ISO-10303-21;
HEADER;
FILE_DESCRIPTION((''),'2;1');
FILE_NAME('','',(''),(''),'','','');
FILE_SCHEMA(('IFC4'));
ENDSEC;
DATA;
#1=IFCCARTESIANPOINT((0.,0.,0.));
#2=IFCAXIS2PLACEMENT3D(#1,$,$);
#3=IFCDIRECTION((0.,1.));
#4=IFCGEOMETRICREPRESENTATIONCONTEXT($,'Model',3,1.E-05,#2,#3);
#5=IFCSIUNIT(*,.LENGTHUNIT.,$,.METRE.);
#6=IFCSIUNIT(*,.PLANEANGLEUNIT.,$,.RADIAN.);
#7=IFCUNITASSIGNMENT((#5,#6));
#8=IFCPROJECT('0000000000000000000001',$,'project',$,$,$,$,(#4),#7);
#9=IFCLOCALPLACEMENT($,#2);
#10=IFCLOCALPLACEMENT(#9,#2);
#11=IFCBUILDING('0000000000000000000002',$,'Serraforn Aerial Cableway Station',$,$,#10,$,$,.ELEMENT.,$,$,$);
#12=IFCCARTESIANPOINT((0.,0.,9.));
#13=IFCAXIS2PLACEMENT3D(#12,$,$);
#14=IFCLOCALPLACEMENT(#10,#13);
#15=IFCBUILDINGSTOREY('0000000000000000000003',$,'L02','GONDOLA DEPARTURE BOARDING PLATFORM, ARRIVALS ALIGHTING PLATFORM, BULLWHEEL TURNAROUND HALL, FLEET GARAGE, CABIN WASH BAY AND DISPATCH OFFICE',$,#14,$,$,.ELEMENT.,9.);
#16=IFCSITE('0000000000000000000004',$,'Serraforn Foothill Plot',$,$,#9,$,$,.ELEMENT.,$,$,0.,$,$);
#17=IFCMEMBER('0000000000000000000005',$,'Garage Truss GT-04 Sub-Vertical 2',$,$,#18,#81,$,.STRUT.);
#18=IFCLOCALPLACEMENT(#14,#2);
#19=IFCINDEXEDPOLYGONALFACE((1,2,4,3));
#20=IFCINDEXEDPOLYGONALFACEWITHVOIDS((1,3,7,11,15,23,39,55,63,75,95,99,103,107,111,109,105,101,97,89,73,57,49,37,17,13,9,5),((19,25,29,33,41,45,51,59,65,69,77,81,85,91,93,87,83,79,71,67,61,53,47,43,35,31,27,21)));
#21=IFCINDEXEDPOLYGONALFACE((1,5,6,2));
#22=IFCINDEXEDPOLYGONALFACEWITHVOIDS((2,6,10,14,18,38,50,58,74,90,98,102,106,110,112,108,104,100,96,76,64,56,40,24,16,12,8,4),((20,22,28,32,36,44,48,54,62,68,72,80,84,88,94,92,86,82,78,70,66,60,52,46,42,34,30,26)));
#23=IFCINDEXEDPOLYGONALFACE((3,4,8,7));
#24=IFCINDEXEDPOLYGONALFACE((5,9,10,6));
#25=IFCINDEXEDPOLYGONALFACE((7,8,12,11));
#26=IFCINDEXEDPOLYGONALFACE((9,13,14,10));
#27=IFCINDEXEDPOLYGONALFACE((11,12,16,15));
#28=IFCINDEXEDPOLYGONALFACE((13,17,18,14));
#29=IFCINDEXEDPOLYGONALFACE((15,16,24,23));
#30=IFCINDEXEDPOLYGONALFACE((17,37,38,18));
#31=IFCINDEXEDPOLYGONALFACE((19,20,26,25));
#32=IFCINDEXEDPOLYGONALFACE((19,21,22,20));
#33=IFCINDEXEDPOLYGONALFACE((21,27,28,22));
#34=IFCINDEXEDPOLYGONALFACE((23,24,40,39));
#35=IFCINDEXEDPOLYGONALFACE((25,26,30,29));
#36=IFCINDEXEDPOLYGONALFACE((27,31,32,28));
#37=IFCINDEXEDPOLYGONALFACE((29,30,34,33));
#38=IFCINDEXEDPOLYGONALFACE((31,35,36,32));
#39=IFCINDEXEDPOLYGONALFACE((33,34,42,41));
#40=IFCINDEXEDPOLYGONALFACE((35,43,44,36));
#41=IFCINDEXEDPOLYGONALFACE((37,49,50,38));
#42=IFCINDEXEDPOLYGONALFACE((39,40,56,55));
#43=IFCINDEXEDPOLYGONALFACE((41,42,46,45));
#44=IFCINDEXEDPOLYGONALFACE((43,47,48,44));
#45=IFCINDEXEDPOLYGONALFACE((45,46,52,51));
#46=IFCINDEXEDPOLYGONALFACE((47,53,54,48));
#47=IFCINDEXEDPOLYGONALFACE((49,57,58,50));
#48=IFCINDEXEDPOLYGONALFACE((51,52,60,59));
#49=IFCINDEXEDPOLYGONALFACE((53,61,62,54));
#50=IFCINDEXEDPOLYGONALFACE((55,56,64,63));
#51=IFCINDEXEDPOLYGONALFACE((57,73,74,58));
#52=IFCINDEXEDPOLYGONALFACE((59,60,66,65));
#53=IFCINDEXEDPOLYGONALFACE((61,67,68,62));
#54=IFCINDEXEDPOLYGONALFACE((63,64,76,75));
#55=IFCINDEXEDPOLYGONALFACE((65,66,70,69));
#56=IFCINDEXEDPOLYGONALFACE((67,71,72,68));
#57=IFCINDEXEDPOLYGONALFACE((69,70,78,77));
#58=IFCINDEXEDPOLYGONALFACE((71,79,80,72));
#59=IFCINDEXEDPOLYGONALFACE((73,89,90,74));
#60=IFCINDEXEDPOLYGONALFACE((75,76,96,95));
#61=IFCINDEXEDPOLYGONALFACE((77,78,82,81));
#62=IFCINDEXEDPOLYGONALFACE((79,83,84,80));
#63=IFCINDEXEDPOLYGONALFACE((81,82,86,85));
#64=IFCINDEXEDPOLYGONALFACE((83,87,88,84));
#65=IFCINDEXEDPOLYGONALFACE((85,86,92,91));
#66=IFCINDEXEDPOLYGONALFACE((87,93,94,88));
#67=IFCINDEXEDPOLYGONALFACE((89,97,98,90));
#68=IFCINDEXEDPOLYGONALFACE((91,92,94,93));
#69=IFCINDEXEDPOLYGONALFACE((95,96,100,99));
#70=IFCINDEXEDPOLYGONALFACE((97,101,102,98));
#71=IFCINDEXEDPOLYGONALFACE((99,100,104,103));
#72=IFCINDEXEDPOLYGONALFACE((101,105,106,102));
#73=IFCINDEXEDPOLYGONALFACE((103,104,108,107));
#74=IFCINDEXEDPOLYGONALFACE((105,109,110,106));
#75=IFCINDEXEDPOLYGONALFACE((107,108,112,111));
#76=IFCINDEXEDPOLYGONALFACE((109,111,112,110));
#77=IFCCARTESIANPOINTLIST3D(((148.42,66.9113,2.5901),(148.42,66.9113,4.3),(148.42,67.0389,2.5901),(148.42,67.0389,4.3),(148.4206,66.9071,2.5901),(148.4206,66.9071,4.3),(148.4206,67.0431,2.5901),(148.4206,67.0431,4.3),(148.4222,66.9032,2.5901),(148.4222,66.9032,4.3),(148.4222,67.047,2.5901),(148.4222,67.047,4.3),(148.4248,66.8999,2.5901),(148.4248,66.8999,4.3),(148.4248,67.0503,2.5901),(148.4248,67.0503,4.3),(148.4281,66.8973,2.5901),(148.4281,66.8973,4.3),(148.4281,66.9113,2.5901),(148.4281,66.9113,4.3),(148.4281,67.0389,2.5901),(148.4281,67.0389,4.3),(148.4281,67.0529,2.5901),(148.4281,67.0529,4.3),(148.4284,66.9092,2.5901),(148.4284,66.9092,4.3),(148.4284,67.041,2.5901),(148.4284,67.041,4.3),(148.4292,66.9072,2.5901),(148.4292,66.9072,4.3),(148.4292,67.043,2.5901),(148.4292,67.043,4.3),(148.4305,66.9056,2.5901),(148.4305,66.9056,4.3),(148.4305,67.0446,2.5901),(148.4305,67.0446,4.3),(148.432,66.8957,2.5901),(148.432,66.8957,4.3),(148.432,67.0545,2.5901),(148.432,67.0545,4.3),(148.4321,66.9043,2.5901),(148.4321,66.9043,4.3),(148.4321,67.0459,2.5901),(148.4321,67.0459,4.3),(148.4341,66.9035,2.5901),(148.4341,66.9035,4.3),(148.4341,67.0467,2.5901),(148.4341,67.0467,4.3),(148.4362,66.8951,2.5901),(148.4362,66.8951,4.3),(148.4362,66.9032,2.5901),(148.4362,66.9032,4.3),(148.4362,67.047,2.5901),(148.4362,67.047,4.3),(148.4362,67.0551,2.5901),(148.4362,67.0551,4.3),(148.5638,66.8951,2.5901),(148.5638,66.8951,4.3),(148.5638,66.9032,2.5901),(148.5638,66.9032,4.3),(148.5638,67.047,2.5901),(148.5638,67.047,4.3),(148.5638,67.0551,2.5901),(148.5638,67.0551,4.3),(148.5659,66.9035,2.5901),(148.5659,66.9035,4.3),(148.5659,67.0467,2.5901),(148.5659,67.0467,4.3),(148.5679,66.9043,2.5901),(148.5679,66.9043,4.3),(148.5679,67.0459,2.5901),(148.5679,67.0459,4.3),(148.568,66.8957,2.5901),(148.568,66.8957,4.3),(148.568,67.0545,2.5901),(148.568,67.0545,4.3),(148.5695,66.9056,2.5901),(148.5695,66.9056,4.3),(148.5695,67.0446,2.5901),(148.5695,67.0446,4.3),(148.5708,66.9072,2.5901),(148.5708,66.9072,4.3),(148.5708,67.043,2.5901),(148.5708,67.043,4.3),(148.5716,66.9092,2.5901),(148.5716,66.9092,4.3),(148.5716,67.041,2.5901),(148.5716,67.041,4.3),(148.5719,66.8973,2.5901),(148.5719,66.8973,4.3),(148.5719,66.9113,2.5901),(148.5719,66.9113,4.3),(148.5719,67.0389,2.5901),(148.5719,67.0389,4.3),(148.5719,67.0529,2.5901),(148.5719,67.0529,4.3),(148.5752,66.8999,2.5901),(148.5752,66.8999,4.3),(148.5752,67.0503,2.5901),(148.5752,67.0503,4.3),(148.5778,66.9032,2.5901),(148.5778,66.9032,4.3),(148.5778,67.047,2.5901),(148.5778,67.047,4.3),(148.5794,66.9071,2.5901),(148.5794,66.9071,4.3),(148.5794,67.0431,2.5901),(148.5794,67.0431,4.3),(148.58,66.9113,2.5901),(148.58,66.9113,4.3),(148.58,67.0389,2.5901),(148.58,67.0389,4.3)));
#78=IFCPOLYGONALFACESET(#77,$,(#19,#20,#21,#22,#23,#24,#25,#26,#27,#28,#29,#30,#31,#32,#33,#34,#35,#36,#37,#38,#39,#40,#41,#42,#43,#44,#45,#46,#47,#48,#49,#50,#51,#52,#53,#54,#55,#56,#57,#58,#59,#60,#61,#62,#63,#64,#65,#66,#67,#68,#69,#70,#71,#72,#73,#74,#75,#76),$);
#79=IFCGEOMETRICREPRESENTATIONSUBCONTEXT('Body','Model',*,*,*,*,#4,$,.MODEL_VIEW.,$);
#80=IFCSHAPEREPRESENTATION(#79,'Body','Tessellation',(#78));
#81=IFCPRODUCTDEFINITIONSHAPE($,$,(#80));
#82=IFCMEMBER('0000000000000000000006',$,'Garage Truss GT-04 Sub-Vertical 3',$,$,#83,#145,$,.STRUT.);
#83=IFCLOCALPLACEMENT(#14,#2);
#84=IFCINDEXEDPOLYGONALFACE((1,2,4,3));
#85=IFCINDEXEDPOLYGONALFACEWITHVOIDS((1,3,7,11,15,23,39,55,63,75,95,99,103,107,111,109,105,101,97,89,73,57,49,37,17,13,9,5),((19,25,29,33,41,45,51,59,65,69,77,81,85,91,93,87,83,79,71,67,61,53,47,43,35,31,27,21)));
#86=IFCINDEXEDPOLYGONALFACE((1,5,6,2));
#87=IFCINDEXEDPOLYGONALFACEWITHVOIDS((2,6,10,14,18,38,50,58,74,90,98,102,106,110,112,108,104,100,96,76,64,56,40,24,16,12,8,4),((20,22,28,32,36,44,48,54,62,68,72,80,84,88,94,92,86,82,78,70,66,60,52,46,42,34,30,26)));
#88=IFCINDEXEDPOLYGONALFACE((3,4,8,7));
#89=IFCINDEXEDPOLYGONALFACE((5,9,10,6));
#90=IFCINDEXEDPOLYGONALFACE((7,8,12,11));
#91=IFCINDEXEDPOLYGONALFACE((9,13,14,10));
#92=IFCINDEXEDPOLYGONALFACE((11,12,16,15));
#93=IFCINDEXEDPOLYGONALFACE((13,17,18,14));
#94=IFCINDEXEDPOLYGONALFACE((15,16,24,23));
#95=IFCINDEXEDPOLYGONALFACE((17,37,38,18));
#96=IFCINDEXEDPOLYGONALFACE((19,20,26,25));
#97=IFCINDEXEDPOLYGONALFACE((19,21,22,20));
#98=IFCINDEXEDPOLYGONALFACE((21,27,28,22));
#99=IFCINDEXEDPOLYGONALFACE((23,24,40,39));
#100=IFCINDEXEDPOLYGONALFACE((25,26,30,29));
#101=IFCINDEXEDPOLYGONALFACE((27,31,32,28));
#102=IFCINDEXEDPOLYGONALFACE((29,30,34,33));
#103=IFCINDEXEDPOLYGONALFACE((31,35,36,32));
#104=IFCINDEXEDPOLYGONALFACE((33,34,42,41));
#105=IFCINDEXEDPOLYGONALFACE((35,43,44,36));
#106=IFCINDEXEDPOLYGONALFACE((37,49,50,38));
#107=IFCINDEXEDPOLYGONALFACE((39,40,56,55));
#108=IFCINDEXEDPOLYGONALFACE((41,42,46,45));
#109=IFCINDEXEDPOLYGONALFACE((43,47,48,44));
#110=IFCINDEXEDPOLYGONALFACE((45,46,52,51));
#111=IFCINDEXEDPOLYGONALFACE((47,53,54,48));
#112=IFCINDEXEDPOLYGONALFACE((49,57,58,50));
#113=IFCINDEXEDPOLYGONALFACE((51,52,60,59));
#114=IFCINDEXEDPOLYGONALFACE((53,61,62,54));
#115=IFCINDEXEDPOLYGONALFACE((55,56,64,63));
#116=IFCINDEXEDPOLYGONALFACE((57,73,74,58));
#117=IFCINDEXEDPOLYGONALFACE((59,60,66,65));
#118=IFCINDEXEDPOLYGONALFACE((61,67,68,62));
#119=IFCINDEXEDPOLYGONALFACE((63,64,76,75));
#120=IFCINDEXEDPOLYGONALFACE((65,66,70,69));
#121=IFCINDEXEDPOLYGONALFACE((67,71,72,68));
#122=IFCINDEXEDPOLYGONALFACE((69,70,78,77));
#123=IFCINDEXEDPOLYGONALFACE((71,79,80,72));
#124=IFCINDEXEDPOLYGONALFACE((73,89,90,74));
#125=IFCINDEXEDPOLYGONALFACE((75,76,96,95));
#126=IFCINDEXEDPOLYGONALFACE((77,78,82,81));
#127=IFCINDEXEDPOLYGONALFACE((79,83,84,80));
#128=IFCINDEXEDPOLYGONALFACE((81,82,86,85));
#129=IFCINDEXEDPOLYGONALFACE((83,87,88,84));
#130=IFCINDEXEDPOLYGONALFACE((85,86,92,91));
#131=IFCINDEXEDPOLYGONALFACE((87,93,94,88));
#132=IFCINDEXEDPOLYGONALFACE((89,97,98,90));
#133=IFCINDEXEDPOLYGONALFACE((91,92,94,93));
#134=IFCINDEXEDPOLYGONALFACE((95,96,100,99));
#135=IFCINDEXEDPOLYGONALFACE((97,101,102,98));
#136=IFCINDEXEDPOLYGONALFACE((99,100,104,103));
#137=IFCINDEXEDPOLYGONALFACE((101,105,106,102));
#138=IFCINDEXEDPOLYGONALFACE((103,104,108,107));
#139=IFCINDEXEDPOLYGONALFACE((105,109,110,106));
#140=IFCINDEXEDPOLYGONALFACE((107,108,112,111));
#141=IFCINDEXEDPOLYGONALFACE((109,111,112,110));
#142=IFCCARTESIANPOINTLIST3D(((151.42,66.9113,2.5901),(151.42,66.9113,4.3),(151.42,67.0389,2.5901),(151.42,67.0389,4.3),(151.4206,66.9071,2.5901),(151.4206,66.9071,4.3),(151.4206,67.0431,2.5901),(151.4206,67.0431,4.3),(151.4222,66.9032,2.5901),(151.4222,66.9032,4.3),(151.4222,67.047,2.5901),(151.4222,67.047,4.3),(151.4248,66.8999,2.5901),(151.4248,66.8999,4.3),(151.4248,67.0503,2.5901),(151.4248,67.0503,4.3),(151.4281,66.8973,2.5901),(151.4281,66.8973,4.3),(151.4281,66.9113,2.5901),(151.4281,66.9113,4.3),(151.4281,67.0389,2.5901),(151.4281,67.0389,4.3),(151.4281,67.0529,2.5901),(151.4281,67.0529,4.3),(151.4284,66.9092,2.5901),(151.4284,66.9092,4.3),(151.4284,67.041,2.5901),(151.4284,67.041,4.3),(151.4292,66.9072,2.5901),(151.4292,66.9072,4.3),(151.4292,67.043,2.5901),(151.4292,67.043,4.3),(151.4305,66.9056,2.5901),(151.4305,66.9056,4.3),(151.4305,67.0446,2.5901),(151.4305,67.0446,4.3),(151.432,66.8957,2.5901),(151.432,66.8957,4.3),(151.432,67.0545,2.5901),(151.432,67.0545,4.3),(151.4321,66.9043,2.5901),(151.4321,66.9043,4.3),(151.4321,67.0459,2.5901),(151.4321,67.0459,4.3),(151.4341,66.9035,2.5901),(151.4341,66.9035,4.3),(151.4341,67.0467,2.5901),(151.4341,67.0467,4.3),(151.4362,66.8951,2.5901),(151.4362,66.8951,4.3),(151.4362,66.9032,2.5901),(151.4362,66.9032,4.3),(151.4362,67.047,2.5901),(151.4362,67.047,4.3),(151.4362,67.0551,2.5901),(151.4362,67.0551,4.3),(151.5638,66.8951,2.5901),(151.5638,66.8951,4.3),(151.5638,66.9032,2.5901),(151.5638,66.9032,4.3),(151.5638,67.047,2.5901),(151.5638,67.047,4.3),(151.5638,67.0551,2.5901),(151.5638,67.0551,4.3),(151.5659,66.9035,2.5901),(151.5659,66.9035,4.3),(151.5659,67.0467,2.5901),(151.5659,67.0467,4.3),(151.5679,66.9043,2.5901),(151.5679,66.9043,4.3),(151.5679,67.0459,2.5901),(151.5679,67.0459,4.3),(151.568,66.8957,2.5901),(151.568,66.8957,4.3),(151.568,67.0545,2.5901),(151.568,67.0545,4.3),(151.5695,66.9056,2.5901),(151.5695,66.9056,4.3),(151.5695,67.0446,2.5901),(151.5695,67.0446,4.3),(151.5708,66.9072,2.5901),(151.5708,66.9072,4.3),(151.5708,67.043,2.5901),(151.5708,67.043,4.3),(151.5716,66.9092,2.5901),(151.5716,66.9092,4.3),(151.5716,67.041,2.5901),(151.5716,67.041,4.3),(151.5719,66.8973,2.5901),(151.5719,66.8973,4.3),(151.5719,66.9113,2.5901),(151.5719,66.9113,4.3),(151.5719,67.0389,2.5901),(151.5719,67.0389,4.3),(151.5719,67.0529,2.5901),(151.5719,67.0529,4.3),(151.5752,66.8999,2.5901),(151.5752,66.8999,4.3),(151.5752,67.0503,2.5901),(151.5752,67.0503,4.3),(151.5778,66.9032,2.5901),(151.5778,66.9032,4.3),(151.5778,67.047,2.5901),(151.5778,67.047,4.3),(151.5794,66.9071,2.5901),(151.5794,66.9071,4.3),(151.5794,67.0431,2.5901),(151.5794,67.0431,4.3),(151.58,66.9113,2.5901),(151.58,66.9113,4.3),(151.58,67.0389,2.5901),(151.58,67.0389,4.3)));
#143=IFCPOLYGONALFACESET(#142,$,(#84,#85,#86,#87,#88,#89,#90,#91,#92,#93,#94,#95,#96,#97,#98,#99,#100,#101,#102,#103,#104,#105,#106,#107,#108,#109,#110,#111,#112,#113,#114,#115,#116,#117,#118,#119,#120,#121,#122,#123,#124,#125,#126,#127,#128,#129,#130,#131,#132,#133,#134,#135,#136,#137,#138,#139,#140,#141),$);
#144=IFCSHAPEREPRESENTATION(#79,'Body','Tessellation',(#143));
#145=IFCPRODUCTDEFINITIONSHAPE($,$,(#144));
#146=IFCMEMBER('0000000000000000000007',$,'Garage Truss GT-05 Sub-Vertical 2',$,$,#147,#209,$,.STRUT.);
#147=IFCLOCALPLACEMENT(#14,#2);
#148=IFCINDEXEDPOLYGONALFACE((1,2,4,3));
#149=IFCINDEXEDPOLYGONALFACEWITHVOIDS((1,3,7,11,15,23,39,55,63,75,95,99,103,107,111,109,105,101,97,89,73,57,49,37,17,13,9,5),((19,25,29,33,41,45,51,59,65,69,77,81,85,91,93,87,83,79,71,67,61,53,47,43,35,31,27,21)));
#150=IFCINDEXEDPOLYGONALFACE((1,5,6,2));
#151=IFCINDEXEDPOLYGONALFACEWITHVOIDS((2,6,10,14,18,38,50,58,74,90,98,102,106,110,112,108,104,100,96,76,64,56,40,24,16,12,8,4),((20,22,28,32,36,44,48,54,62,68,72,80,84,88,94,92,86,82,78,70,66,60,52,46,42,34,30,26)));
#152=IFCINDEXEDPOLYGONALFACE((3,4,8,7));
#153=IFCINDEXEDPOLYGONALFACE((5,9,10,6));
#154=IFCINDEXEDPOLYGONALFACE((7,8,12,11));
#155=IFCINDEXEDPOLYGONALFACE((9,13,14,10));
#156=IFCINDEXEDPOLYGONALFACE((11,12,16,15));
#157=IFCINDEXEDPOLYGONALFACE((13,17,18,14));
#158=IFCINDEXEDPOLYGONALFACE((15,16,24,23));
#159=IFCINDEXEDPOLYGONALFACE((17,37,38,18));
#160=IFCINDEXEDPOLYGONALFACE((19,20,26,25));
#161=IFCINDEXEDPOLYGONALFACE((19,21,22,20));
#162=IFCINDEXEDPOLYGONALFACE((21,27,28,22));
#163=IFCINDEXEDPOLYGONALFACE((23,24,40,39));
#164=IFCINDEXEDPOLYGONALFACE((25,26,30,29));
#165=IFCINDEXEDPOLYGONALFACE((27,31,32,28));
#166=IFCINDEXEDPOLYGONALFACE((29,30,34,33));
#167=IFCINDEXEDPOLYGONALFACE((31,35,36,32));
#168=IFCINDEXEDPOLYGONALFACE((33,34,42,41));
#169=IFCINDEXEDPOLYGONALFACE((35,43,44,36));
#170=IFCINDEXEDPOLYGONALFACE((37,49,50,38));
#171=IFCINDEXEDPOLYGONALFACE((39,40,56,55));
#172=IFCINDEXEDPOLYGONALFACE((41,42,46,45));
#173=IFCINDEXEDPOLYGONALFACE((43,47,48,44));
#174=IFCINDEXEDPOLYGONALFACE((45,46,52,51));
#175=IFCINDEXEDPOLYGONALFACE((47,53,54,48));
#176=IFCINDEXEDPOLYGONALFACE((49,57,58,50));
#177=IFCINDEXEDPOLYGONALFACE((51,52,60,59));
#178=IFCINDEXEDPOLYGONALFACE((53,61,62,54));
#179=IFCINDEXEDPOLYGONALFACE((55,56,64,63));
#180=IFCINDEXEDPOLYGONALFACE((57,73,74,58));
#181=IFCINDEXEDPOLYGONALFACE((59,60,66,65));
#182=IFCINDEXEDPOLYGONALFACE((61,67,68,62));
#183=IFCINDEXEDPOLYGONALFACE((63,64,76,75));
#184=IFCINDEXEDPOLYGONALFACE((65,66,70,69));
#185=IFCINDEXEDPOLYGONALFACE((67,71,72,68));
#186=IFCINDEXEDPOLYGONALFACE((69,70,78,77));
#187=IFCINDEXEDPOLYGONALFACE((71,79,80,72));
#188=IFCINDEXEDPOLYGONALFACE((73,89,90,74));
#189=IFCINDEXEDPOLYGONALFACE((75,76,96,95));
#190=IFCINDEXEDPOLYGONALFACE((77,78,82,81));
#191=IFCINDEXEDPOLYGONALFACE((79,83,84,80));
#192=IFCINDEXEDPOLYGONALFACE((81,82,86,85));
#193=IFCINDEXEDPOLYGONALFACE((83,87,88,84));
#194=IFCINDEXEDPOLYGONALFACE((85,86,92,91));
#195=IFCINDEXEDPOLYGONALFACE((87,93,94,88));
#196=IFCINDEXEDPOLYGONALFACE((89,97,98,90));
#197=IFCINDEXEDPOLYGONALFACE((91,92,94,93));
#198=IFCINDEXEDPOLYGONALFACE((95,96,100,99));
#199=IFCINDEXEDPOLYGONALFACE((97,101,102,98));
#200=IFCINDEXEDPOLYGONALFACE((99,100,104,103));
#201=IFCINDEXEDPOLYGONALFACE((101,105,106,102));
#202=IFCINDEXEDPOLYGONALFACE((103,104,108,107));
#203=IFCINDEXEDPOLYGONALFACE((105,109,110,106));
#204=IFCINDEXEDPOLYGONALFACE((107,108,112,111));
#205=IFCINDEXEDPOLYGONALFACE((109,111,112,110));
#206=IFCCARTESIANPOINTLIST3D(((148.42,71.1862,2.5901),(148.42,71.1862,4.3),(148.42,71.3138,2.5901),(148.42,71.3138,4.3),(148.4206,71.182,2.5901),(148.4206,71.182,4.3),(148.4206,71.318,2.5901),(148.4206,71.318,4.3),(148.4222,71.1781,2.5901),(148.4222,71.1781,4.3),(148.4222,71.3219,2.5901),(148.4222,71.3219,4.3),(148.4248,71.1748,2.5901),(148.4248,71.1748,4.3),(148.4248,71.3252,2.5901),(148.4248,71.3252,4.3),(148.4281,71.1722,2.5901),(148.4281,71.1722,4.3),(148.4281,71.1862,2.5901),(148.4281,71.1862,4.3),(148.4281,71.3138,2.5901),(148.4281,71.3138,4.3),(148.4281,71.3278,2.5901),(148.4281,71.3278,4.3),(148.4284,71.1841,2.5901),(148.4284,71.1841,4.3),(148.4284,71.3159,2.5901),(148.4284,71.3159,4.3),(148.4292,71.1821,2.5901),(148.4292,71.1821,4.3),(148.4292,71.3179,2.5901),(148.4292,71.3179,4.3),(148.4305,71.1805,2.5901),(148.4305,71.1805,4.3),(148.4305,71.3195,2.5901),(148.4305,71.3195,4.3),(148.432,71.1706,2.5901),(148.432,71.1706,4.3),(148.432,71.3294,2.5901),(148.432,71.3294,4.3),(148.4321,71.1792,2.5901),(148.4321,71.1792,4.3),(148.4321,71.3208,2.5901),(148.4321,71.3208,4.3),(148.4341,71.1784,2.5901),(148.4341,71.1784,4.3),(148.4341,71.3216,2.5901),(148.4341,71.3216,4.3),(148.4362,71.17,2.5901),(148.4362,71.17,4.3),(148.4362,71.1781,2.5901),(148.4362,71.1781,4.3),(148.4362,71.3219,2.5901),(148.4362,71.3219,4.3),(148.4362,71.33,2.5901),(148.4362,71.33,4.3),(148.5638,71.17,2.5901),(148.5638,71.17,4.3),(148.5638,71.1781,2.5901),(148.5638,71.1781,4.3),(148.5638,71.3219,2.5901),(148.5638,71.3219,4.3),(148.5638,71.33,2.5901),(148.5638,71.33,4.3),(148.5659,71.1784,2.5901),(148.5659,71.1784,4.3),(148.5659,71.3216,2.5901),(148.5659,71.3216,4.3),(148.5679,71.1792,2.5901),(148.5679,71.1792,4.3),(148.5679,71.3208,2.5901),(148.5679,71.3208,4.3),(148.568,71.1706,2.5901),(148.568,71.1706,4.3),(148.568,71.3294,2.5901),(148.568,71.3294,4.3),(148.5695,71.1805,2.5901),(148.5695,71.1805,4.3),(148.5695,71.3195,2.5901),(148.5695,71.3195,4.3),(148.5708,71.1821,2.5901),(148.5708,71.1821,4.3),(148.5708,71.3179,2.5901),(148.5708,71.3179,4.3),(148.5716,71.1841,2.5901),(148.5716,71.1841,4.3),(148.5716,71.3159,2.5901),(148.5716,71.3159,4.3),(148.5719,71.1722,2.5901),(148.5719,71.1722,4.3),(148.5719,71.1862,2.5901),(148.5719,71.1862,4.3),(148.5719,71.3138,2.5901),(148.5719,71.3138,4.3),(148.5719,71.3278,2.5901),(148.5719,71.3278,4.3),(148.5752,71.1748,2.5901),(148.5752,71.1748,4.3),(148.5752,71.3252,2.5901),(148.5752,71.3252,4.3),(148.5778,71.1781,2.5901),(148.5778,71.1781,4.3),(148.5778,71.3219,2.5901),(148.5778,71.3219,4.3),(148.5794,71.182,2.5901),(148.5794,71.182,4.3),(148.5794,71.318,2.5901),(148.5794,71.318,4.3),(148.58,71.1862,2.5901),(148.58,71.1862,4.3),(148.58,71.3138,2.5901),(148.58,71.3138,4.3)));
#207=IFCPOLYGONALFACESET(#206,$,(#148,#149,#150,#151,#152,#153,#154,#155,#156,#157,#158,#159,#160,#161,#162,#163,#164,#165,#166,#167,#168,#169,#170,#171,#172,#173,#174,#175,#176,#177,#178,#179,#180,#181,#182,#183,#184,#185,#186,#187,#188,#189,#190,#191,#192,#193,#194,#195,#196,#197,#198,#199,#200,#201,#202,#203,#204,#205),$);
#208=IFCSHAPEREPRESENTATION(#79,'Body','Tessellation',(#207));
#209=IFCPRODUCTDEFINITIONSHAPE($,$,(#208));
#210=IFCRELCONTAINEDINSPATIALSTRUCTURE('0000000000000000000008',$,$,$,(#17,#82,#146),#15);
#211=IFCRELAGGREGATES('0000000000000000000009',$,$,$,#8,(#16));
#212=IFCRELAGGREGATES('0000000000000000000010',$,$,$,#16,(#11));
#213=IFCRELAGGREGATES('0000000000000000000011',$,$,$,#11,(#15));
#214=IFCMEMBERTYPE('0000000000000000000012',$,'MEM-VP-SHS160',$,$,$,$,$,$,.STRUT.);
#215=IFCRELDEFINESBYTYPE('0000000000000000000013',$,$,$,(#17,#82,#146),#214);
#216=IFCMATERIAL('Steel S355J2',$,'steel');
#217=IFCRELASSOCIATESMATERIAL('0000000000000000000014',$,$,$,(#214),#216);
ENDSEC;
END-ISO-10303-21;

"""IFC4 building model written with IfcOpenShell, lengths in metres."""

from ifc_helpers import new_model, si_unit, direction, frame, origin, origin_2d, place, context, subcontext, project, spatial, hollow_rectangle, extrude, material, material_profile, profile_set, type_object, element, save


model = new_model("IFC4")

# Units and contexts
model_context = context("Model", 3, precision=1e-05, world=origin(), true_north=direction((0.0, 1.0)))
body_context = subcontext(model_context, "Body", "Model", "MODEL_VIEW")
ifc_project = project(units=[si_unit("LENGTHUNIT", "METRE"), si_unit("PLANEANGLEUNIT", "RADIAN")], contexts=[model_context])

# Site, building, storey
site_placement = place(None, origin())
site = spatial("IfcSite", under=ifc_project, at=site_placement, Name="Serraforn Foothill Plot", CompositionType="ELEMENT", RefElevation=0.0)
building_placement = place(site_placement, origin())
building = spatial("IfcBuilding", under=site, at=building_placement, Name="Serraforn Aerial Cableway Station", CompositionType="ELEMENT")
storey_placement = place(building_placement, frame((0.0, 0.0, 9.0)))
storey = spatial("IfcBuildingStorey", under=building, at=storey_placement, Name="L02", Description="GONDOLA DEPARTURE BOARDING PLATFORM, ARRIVALS ALIGHTING PLATFORM, BULLWHEEL TURNAROUND HALL, FLEET GARAGE, CABIN WASH BAY AND DISPATCH OFFICE", CompositionType="ELEMENT", Elevation=9.0)

# Members
ifc_material_1 = material(Name="Steel S355J2", Category="steel")
ifc_material_profile_1 = material_profile(ifc_material_1, hollow_rectangle(XDim=0.1599, YDim=0.1599, WallThickness=0.0081, InnerFilletRadius=0.0081, OuterFilletRadius=0.0161, at=origin_2d()), Name="SHS 160x160x8.0")
ifc_profile_set_1 = profile_set([ifc_material_profile_1], Name="Steel S355J2")
member_type_1 = type_object("IfcMemberType", Name="MEM-VP-SHS160", PredefinedType="STRUT", material=ifc_profile_set_1)
for number, where, z_axis, x_axis, name in (
    (1, (148.5, 66.9751, 2.5901), (0.0, 0.0, 1.0), (1.0, 0.0, 0.0), "Garage Truss GT-04 Sub-Vertical 2"),
    (2, (151.5, 66.9751, 2.5901), (0.0, 0.0, 1.0), (1.0, 0.0, 0.0), "Garage Truss GT-04 Sub-Vertical 3"),
    (3, (148.5, 71.25, 2.5901), (0.0, 0.0, 1.0), (1.0, 0.0, 0.0), "Garage Truss GT-05 Sub-Vertical 2"),
):
    element("IfcMember", number, at=place(storey_placement, frame(where, z_axis=z_axis, x_axis=x_axis)), inside=storey, type_object=member_type_1, Name=name, PredefinedType="STRUT", context=body_context, shape_type="SweptSolid", body=[
        extrude(hollow_rectangle(XDim=0.1599, YDim=0.1599, WallThickness=0.0081, InnerFilletRadius=0.0081, OuterFilletRadius=0.0161, at=origin_2d()), origin(), (0.0, 0.0, 1.0), 1.71),
    ])

save(model, "model.ifc")
